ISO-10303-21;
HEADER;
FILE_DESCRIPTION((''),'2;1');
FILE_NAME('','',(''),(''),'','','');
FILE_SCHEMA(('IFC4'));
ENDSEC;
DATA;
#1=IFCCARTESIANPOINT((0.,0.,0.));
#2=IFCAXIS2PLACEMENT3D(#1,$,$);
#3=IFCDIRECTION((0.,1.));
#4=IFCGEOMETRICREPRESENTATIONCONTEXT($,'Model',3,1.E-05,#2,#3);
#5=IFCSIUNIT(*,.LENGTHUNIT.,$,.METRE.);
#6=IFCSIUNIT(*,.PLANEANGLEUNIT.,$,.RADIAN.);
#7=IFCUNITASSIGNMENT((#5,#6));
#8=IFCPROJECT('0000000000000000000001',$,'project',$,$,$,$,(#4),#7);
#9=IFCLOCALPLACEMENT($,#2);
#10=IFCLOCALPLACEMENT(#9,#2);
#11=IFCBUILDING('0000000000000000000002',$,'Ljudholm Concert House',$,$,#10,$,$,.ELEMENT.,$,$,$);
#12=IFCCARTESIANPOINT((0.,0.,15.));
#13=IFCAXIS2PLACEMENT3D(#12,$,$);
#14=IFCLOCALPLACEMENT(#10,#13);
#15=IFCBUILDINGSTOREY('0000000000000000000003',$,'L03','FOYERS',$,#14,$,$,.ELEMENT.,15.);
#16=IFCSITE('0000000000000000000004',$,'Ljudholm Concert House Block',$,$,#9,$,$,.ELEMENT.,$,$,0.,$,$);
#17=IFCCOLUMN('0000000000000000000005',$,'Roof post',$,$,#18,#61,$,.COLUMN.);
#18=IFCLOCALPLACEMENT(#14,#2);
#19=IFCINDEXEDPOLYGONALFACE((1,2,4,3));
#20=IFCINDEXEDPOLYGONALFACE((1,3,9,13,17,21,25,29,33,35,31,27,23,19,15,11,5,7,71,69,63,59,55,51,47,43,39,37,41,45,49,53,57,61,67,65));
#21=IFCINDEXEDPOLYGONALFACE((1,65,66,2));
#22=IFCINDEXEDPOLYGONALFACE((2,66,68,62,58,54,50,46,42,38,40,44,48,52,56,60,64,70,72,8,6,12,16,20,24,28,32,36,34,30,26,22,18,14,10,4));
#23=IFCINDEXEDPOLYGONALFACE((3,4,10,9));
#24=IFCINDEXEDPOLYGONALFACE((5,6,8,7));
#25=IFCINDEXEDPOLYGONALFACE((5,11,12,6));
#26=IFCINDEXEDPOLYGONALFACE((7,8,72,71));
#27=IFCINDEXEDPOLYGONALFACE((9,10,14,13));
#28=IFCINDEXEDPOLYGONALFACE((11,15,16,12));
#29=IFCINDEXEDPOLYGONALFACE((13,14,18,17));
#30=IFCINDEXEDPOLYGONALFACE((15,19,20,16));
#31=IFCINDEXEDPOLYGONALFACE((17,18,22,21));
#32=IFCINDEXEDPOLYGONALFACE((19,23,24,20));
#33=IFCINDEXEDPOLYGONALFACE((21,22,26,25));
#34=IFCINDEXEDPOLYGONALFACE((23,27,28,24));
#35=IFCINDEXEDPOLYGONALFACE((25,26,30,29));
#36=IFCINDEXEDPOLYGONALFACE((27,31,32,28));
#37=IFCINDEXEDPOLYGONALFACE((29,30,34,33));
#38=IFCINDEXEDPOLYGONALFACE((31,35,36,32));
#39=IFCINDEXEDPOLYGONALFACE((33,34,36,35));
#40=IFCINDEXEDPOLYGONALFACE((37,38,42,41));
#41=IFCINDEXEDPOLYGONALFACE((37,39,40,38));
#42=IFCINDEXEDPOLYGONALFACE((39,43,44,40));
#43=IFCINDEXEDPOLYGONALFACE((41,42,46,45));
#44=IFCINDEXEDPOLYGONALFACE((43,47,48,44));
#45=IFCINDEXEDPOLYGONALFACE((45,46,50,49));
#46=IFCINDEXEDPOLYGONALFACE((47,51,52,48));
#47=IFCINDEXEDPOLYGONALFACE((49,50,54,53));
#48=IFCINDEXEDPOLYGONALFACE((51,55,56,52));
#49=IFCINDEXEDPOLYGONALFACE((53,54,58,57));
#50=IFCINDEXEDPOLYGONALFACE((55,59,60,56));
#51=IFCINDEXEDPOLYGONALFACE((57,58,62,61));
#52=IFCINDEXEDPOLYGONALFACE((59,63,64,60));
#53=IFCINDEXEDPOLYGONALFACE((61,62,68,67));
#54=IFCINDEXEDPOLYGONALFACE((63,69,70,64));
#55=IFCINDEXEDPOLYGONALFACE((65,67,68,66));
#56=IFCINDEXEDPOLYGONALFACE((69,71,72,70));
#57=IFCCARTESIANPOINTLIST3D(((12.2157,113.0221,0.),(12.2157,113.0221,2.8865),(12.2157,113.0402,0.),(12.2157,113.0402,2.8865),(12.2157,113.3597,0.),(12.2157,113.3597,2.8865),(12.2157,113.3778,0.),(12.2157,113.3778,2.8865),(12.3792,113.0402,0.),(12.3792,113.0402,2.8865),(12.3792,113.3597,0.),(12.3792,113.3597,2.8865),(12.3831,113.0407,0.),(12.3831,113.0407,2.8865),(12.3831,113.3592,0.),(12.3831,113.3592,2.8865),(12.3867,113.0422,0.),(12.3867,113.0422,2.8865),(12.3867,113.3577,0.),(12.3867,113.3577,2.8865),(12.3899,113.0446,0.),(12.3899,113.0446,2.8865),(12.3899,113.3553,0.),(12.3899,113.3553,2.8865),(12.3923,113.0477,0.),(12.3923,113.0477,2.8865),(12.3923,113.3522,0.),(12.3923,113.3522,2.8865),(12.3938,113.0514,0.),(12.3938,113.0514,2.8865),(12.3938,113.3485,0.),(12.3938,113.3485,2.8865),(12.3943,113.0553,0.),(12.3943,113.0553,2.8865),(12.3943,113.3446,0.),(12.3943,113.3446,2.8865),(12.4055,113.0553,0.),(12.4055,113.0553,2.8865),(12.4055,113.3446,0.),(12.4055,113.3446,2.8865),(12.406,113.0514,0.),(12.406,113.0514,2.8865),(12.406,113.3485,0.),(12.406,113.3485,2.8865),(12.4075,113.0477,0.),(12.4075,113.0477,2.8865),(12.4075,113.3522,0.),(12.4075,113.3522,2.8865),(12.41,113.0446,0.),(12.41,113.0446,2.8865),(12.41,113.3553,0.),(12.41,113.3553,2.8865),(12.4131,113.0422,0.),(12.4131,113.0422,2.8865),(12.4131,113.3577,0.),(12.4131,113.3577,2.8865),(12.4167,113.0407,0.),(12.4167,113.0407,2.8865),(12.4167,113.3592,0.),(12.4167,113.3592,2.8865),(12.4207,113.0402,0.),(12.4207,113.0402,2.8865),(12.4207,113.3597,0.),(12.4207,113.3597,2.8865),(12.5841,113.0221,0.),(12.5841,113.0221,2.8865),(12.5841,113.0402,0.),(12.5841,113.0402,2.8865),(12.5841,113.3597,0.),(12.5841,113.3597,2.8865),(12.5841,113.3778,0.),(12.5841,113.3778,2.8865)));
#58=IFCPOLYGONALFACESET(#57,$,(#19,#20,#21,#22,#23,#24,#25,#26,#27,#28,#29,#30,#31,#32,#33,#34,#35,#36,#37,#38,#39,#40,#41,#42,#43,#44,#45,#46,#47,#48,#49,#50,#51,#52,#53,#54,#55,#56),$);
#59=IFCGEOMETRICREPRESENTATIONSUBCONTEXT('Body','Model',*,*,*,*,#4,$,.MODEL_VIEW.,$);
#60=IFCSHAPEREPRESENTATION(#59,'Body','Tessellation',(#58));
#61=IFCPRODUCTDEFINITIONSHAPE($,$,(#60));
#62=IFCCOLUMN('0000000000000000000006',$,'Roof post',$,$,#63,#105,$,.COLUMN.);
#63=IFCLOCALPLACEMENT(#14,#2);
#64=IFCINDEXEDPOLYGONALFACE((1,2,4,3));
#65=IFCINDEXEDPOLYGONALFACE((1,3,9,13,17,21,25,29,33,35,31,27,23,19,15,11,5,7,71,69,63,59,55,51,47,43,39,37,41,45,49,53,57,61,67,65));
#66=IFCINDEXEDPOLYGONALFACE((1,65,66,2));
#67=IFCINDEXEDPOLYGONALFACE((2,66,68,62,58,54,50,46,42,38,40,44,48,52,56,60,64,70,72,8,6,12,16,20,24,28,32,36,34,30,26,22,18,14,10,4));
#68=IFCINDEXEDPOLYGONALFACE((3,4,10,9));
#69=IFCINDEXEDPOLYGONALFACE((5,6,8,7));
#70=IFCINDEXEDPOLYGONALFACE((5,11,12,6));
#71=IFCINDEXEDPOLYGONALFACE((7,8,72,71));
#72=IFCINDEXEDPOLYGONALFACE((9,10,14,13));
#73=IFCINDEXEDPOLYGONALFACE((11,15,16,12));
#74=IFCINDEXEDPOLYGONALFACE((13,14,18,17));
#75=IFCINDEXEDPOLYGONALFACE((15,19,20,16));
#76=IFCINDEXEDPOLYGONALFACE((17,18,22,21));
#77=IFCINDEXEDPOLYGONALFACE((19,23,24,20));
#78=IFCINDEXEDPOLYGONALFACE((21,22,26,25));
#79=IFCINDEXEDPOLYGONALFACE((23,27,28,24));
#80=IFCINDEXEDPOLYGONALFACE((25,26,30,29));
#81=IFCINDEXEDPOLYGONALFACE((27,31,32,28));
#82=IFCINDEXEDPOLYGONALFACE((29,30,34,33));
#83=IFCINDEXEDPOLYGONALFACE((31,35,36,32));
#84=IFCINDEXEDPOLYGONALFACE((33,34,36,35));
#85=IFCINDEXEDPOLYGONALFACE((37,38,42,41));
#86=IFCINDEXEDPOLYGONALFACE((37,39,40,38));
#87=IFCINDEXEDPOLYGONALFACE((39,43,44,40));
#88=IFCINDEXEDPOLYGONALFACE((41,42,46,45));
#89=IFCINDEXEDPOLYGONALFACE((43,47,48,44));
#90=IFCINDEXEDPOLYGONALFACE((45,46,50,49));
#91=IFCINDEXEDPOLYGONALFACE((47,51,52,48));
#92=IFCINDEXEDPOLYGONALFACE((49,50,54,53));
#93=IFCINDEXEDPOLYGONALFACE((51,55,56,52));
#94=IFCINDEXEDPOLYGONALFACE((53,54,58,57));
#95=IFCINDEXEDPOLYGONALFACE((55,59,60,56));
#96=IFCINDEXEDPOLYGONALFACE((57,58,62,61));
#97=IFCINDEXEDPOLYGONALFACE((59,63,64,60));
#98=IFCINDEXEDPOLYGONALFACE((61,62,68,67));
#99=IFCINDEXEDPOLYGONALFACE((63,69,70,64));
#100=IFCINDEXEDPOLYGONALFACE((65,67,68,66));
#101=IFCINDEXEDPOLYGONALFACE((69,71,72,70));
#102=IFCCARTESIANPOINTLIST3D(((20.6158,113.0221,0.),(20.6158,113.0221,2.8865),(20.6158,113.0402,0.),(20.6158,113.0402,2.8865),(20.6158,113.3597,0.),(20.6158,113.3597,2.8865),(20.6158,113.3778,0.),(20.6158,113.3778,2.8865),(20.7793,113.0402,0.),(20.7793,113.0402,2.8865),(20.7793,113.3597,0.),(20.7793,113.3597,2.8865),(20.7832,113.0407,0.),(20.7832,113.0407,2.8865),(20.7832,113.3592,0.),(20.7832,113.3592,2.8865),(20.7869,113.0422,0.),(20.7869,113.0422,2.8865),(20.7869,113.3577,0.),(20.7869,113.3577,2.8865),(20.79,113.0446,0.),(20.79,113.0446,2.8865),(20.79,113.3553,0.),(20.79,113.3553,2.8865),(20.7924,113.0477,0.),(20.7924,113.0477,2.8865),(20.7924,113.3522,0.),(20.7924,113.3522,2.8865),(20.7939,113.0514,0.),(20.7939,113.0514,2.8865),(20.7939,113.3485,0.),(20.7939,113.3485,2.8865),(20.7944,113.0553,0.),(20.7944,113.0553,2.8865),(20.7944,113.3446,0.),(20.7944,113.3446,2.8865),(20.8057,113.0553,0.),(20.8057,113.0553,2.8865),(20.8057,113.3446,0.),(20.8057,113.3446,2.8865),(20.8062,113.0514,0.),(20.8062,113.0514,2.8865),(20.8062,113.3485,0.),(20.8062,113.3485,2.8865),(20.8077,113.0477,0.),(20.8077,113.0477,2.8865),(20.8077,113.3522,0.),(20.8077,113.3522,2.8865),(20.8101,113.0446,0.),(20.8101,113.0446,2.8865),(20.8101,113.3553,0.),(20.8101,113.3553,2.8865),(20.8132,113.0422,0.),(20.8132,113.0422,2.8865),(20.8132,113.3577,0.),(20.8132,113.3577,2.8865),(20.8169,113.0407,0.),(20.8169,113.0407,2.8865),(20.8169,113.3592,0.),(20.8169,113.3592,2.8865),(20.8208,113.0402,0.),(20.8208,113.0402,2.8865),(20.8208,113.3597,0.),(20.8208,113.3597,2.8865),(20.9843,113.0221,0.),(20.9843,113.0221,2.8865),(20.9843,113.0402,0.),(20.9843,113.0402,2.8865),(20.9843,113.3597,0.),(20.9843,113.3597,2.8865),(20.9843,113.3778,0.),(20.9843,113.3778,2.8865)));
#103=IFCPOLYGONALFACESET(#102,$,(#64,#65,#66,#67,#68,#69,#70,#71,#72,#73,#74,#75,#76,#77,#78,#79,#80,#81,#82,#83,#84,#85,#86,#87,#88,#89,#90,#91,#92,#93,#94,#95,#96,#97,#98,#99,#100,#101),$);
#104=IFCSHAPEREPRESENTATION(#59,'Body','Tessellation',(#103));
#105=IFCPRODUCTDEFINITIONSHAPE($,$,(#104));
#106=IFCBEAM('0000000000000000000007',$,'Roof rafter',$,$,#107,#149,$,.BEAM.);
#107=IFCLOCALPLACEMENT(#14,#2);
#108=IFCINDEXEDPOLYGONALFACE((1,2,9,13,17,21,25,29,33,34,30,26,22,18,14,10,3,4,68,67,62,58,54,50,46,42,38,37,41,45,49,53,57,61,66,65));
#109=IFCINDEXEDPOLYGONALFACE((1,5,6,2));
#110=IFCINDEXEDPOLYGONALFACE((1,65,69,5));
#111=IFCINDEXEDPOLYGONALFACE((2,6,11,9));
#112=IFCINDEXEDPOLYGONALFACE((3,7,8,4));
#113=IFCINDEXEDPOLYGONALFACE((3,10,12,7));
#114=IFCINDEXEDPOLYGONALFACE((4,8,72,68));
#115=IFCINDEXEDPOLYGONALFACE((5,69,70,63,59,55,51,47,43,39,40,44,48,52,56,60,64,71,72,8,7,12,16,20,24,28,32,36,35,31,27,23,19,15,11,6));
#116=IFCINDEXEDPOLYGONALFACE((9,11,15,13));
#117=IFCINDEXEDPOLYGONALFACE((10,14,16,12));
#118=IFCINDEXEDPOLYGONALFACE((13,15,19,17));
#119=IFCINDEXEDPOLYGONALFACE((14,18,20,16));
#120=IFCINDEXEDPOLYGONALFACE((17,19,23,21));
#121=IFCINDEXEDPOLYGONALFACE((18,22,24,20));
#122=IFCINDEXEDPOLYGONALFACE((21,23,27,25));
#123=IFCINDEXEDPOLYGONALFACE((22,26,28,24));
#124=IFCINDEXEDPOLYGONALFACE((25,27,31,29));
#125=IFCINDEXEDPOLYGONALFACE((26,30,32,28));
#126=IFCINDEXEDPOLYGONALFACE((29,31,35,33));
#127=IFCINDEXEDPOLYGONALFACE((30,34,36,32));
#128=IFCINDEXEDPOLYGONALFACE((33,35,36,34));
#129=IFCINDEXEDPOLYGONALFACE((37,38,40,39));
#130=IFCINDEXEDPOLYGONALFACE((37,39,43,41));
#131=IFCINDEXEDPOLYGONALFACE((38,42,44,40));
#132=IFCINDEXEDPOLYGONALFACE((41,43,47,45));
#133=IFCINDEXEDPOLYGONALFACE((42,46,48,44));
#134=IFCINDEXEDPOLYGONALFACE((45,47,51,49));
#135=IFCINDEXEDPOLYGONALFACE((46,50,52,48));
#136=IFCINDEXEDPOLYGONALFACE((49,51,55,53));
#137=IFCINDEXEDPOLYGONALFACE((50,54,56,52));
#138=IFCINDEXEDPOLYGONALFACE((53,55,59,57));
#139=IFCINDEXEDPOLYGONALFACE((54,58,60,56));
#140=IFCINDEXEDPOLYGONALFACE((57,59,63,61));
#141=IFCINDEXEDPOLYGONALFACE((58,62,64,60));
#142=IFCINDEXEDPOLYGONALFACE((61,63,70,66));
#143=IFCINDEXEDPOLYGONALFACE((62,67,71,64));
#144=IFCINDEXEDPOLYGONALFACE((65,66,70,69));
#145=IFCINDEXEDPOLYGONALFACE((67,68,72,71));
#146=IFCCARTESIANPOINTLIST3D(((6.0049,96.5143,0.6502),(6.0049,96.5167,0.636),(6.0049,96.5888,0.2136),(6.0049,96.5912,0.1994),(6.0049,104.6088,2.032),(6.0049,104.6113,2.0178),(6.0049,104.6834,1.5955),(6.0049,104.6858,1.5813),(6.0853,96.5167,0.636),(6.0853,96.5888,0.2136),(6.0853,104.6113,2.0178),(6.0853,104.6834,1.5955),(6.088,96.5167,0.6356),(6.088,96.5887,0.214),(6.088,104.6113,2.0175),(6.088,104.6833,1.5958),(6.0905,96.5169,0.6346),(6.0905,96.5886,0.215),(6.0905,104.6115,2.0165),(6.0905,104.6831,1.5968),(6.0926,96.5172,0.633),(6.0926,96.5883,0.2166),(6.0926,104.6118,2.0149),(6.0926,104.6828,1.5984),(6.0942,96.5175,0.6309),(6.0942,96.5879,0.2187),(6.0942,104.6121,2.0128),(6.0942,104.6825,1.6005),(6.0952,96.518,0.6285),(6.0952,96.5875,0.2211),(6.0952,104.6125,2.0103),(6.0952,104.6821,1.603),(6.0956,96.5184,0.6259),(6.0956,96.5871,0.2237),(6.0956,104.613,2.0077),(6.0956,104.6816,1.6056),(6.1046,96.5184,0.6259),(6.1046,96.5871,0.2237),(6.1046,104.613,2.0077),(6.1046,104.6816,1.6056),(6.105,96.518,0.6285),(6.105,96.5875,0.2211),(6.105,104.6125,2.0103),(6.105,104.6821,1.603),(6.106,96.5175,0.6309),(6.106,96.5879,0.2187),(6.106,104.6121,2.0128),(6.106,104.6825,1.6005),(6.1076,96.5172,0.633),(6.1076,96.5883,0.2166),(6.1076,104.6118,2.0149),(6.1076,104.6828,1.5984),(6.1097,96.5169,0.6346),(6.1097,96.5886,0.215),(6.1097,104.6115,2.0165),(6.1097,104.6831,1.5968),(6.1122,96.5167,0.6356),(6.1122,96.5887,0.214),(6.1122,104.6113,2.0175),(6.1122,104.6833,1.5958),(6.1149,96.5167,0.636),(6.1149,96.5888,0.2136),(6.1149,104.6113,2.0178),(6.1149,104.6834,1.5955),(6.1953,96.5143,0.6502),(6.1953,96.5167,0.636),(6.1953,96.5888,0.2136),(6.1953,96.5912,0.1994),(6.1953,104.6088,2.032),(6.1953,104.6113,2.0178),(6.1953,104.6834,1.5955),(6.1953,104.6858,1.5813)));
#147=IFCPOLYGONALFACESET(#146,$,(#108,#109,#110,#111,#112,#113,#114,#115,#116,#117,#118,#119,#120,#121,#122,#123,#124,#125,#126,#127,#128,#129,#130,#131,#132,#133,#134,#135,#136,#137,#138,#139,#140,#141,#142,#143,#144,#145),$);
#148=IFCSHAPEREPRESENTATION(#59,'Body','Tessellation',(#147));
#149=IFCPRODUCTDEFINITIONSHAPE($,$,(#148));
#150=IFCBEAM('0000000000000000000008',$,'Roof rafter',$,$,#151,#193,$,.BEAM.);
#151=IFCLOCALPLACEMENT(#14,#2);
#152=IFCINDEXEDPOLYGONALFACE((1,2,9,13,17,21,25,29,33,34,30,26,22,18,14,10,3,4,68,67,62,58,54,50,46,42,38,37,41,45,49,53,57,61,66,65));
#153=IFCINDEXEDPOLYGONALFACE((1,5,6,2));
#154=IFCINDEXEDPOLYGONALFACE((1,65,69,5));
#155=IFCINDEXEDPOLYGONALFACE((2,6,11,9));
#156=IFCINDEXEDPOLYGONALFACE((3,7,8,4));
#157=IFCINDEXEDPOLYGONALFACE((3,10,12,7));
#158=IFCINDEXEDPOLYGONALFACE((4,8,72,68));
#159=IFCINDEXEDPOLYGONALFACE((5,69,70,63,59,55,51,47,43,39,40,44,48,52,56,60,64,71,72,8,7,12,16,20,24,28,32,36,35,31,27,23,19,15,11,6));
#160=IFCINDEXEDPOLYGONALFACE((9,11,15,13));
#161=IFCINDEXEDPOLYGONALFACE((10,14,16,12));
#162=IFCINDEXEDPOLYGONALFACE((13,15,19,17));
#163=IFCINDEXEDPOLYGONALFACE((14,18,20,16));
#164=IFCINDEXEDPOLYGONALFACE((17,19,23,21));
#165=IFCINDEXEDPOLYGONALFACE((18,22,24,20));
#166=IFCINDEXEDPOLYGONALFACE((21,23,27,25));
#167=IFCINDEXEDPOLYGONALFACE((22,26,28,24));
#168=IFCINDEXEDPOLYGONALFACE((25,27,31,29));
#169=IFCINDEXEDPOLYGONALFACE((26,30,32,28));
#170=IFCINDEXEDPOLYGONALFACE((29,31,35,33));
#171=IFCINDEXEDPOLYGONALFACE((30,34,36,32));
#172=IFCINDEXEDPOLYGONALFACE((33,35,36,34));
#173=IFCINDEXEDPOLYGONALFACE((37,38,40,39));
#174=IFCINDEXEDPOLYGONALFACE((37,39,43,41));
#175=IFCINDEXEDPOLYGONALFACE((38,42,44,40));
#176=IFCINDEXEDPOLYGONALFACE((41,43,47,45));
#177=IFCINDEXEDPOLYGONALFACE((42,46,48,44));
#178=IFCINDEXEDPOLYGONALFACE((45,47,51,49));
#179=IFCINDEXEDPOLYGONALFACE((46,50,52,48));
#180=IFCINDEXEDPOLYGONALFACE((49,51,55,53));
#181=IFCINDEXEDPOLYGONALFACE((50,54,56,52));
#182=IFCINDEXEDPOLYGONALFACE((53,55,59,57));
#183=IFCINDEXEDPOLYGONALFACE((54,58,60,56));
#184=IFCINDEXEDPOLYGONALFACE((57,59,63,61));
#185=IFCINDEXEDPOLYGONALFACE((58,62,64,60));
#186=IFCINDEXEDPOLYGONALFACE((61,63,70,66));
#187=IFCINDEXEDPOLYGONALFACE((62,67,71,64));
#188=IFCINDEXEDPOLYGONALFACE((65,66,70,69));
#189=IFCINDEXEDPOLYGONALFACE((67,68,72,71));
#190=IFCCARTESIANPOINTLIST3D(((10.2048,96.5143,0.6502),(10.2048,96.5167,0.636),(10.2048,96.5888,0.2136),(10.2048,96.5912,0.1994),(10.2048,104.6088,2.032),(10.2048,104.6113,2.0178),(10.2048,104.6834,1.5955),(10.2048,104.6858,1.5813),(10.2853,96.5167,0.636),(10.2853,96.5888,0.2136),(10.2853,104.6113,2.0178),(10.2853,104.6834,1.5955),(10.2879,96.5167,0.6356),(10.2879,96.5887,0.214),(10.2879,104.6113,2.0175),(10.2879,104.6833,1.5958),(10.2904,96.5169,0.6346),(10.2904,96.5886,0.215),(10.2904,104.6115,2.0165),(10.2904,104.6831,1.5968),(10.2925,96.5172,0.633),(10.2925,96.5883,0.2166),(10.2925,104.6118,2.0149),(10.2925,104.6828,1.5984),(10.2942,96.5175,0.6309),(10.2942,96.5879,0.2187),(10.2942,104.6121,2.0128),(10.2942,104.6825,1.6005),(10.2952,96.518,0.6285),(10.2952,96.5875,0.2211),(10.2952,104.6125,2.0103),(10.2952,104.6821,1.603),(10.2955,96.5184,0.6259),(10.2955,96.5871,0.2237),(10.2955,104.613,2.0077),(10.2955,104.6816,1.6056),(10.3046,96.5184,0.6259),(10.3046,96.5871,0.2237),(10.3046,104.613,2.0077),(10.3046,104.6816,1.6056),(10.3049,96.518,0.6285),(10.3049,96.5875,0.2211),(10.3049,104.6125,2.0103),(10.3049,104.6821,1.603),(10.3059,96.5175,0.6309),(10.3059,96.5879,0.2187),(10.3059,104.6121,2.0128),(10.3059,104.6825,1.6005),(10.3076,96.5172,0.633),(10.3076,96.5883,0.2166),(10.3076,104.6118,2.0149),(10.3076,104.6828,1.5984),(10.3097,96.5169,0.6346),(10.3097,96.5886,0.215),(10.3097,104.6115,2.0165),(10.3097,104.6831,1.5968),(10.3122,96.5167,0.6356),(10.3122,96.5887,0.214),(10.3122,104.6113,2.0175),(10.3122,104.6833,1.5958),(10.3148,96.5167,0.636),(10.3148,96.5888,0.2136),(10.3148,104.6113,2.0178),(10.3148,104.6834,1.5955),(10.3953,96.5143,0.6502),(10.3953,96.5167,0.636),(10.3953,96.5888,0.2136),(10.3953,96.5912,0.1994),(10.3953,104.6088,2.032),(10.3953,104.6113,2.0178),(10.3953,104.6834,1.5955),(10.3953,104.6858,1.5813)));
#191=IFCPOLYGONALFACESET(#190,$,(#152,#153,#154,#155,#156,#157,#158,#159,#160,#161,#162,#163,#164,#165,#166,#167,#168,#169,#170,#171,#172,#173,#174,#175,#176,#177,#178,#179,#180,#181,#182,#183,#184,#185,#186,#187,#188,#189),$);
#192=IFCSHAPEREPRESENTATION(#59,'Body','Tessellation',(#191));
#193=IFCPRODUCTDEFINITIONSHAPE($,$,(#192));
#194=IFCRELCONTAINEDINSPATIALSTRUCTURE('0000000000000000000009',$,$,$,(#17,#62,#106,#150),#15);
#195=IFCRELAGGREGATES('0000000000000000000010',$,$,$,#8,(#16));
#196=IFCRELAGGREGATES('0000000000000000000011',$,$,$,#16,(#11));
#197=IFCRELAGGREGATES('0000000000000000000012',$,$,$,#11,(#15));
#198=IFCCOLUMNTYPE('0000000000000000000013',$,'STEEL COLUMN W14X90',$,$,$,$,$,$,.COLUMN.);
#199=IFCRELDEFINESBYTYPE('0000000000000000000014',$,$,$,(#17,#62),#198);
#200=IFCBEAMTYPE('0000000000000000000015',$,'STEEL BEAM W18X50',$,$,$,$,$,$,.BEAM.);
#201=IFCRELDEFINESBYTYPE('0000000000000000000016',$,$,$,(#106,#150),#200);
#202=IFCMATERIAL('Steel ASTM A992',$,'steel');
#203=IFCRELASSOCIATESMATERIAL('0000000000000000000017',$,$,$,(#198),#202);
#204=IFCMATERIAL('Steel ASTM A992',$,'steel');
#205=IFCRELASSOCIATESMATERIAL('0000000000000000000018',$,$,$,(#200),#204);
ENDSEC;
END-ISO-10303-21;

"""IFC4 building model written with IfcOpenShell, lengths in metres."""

from ifc_helpers import new_model, si_unit, direction, frame, origin, origin_2d, place, context, subcontext, project, spatial, i_section, extrude, material, material_profile, profile_set, type_object, element, save


model = new_model("IFC4")

# Units and contexts
model_context = context("Model", 3, precision=1e-05, world=origin(), true_north=direction((0.0, 1.0)))
body_context = subcontext(model_context, "Body", "Model", "MODEL_VIEW")
ifc_project = project(units=[si_unit("LENGTHUNIT", "METRE"), si_unit("PLANEANGLEUNIT", "RADIAN")], contexts=[model_context])

# Site, building, storey
site_placement = place(None, origin())
site = spatial("IfcSite", under=ifc_project, at=site_placement, Name="Ljudholm Concert House Block", CompositionType="ELEMENT", RefElevation=0.0)
building_placement = place(site_placement, origin())
building = spatial("IfcBuilding", under=site, at=building_placement, Name="Ljudholm Concert House", CompositionType="ELEMENT")
storey_placement = place(building_placement, frame((0.0, 0.0, 15.0)))
storey = spatial("IfcBuildingStorey", under=building, at=storey_placement, Name="L03", Description="FOYERS", CompositionType="ELEMENT", Elevation=15.0)

# Columns
ifc_material_1 = material(Name="Steel ASTM A992", Category="steel")
ifc_material_profile_1 = material_profile(ifc_material_1, i_section(OverallWidth=0.3684, OverallDepth=0.3557, WebThickness=0.0112, FlangeThickness=0.0181, FilletRadius=0.0151, at=origin_2d()), Name="W14X90")
ifc_profile_set_1 = profile_set([ifc_material_profile_1], Name="Steel ASTM A992")
column_type = type_object("IfcColumnType", Name="STEEL COLUMN W14X90", PredefinedType="COLUMN", material=ifc_profile_set_1)
for number, where, z_axis, x_axis, name in (
    (1, (12.3999, 113.2, 0.0), (0.0, 0.0, 1.0), (1.0, 0.0, 0.0), "Roof post"),
    (2, (20.8, 113.2, 0.0), (0.0, 0.0, 1.0), (1.0, 0.0, 0.0), "Roof post"),
):
    element("IfcColumn", number, at=place(storey_placement, frame(where, z_axis=z_axis, x_axis=x_axis)), inside=storey, type_object=column_type, Name=name, PredefinedType="COLUMN", context=body_context, shape_type="SweptSolid", body=[
        extrude(i_section(OverallWidth=0.3684, OverallDepth=0.3557, WebThickness=0.0112, FlangeThickness=0.0181, FilletRadius=0.0151, at=origin_2d()), origin(), (0.0, 0.0, 1.0), 2.8865),
    ])

# Beams
ifc_material_2 = material(Name="Steel ASTM A992", Category="steel")
ifc_material_profile_2 = material_profile(ifc_material_2, i_section(OverallWidth=0.1904, OverallDepth=0.4573, WebThickness=0.009, FlangeThickness=0.0144, FilletRadius=0.0103, at=origin_2d()), Name="W18X50")
ifc_profile_set_2 = profile_set([ifc_material_profile_2], Name="Steel ASTM A992")
beam_type_1 = type_object("IfcBeamType", Name="STEEL BEAM W18X50", PredefinedType="BEAM", material=ifc_profile_set_2)
for number, where, z_axis, x_axis, name in (
    (3, (6.1001, 96.5527, 0.4248), (0.0, 0.985739, 0.168279), (-1.0, 0.0, 0.0), "Roof rafter"),
    (4, (10.3, 96.5527, 0.4248), (0.0, 0.985739, 0.168279), (-1.0, 0.0, 0.0), "Roof rafter"),
):
    element("IfcBeam", number, at=place(storey_placement, frame(where, z_axis=z_axis, x_axis=x_axis)), inside=storey, type_object=beam_type_1, Name=name, PredefinedType="BEAM", context=body_context, shape_type="SweptSolid", body=[
        extrude(i_section(OverallWidth=0.1904, OverallDepth=0.4573, WebThickness=0.009, FlangeThickness=0.0144, FilletRadius=0.0103, at=origin_2d()), origin(), (0.0, 0.0, 1.0), 8.2117),
    ])

save(model, "model.ifc")
